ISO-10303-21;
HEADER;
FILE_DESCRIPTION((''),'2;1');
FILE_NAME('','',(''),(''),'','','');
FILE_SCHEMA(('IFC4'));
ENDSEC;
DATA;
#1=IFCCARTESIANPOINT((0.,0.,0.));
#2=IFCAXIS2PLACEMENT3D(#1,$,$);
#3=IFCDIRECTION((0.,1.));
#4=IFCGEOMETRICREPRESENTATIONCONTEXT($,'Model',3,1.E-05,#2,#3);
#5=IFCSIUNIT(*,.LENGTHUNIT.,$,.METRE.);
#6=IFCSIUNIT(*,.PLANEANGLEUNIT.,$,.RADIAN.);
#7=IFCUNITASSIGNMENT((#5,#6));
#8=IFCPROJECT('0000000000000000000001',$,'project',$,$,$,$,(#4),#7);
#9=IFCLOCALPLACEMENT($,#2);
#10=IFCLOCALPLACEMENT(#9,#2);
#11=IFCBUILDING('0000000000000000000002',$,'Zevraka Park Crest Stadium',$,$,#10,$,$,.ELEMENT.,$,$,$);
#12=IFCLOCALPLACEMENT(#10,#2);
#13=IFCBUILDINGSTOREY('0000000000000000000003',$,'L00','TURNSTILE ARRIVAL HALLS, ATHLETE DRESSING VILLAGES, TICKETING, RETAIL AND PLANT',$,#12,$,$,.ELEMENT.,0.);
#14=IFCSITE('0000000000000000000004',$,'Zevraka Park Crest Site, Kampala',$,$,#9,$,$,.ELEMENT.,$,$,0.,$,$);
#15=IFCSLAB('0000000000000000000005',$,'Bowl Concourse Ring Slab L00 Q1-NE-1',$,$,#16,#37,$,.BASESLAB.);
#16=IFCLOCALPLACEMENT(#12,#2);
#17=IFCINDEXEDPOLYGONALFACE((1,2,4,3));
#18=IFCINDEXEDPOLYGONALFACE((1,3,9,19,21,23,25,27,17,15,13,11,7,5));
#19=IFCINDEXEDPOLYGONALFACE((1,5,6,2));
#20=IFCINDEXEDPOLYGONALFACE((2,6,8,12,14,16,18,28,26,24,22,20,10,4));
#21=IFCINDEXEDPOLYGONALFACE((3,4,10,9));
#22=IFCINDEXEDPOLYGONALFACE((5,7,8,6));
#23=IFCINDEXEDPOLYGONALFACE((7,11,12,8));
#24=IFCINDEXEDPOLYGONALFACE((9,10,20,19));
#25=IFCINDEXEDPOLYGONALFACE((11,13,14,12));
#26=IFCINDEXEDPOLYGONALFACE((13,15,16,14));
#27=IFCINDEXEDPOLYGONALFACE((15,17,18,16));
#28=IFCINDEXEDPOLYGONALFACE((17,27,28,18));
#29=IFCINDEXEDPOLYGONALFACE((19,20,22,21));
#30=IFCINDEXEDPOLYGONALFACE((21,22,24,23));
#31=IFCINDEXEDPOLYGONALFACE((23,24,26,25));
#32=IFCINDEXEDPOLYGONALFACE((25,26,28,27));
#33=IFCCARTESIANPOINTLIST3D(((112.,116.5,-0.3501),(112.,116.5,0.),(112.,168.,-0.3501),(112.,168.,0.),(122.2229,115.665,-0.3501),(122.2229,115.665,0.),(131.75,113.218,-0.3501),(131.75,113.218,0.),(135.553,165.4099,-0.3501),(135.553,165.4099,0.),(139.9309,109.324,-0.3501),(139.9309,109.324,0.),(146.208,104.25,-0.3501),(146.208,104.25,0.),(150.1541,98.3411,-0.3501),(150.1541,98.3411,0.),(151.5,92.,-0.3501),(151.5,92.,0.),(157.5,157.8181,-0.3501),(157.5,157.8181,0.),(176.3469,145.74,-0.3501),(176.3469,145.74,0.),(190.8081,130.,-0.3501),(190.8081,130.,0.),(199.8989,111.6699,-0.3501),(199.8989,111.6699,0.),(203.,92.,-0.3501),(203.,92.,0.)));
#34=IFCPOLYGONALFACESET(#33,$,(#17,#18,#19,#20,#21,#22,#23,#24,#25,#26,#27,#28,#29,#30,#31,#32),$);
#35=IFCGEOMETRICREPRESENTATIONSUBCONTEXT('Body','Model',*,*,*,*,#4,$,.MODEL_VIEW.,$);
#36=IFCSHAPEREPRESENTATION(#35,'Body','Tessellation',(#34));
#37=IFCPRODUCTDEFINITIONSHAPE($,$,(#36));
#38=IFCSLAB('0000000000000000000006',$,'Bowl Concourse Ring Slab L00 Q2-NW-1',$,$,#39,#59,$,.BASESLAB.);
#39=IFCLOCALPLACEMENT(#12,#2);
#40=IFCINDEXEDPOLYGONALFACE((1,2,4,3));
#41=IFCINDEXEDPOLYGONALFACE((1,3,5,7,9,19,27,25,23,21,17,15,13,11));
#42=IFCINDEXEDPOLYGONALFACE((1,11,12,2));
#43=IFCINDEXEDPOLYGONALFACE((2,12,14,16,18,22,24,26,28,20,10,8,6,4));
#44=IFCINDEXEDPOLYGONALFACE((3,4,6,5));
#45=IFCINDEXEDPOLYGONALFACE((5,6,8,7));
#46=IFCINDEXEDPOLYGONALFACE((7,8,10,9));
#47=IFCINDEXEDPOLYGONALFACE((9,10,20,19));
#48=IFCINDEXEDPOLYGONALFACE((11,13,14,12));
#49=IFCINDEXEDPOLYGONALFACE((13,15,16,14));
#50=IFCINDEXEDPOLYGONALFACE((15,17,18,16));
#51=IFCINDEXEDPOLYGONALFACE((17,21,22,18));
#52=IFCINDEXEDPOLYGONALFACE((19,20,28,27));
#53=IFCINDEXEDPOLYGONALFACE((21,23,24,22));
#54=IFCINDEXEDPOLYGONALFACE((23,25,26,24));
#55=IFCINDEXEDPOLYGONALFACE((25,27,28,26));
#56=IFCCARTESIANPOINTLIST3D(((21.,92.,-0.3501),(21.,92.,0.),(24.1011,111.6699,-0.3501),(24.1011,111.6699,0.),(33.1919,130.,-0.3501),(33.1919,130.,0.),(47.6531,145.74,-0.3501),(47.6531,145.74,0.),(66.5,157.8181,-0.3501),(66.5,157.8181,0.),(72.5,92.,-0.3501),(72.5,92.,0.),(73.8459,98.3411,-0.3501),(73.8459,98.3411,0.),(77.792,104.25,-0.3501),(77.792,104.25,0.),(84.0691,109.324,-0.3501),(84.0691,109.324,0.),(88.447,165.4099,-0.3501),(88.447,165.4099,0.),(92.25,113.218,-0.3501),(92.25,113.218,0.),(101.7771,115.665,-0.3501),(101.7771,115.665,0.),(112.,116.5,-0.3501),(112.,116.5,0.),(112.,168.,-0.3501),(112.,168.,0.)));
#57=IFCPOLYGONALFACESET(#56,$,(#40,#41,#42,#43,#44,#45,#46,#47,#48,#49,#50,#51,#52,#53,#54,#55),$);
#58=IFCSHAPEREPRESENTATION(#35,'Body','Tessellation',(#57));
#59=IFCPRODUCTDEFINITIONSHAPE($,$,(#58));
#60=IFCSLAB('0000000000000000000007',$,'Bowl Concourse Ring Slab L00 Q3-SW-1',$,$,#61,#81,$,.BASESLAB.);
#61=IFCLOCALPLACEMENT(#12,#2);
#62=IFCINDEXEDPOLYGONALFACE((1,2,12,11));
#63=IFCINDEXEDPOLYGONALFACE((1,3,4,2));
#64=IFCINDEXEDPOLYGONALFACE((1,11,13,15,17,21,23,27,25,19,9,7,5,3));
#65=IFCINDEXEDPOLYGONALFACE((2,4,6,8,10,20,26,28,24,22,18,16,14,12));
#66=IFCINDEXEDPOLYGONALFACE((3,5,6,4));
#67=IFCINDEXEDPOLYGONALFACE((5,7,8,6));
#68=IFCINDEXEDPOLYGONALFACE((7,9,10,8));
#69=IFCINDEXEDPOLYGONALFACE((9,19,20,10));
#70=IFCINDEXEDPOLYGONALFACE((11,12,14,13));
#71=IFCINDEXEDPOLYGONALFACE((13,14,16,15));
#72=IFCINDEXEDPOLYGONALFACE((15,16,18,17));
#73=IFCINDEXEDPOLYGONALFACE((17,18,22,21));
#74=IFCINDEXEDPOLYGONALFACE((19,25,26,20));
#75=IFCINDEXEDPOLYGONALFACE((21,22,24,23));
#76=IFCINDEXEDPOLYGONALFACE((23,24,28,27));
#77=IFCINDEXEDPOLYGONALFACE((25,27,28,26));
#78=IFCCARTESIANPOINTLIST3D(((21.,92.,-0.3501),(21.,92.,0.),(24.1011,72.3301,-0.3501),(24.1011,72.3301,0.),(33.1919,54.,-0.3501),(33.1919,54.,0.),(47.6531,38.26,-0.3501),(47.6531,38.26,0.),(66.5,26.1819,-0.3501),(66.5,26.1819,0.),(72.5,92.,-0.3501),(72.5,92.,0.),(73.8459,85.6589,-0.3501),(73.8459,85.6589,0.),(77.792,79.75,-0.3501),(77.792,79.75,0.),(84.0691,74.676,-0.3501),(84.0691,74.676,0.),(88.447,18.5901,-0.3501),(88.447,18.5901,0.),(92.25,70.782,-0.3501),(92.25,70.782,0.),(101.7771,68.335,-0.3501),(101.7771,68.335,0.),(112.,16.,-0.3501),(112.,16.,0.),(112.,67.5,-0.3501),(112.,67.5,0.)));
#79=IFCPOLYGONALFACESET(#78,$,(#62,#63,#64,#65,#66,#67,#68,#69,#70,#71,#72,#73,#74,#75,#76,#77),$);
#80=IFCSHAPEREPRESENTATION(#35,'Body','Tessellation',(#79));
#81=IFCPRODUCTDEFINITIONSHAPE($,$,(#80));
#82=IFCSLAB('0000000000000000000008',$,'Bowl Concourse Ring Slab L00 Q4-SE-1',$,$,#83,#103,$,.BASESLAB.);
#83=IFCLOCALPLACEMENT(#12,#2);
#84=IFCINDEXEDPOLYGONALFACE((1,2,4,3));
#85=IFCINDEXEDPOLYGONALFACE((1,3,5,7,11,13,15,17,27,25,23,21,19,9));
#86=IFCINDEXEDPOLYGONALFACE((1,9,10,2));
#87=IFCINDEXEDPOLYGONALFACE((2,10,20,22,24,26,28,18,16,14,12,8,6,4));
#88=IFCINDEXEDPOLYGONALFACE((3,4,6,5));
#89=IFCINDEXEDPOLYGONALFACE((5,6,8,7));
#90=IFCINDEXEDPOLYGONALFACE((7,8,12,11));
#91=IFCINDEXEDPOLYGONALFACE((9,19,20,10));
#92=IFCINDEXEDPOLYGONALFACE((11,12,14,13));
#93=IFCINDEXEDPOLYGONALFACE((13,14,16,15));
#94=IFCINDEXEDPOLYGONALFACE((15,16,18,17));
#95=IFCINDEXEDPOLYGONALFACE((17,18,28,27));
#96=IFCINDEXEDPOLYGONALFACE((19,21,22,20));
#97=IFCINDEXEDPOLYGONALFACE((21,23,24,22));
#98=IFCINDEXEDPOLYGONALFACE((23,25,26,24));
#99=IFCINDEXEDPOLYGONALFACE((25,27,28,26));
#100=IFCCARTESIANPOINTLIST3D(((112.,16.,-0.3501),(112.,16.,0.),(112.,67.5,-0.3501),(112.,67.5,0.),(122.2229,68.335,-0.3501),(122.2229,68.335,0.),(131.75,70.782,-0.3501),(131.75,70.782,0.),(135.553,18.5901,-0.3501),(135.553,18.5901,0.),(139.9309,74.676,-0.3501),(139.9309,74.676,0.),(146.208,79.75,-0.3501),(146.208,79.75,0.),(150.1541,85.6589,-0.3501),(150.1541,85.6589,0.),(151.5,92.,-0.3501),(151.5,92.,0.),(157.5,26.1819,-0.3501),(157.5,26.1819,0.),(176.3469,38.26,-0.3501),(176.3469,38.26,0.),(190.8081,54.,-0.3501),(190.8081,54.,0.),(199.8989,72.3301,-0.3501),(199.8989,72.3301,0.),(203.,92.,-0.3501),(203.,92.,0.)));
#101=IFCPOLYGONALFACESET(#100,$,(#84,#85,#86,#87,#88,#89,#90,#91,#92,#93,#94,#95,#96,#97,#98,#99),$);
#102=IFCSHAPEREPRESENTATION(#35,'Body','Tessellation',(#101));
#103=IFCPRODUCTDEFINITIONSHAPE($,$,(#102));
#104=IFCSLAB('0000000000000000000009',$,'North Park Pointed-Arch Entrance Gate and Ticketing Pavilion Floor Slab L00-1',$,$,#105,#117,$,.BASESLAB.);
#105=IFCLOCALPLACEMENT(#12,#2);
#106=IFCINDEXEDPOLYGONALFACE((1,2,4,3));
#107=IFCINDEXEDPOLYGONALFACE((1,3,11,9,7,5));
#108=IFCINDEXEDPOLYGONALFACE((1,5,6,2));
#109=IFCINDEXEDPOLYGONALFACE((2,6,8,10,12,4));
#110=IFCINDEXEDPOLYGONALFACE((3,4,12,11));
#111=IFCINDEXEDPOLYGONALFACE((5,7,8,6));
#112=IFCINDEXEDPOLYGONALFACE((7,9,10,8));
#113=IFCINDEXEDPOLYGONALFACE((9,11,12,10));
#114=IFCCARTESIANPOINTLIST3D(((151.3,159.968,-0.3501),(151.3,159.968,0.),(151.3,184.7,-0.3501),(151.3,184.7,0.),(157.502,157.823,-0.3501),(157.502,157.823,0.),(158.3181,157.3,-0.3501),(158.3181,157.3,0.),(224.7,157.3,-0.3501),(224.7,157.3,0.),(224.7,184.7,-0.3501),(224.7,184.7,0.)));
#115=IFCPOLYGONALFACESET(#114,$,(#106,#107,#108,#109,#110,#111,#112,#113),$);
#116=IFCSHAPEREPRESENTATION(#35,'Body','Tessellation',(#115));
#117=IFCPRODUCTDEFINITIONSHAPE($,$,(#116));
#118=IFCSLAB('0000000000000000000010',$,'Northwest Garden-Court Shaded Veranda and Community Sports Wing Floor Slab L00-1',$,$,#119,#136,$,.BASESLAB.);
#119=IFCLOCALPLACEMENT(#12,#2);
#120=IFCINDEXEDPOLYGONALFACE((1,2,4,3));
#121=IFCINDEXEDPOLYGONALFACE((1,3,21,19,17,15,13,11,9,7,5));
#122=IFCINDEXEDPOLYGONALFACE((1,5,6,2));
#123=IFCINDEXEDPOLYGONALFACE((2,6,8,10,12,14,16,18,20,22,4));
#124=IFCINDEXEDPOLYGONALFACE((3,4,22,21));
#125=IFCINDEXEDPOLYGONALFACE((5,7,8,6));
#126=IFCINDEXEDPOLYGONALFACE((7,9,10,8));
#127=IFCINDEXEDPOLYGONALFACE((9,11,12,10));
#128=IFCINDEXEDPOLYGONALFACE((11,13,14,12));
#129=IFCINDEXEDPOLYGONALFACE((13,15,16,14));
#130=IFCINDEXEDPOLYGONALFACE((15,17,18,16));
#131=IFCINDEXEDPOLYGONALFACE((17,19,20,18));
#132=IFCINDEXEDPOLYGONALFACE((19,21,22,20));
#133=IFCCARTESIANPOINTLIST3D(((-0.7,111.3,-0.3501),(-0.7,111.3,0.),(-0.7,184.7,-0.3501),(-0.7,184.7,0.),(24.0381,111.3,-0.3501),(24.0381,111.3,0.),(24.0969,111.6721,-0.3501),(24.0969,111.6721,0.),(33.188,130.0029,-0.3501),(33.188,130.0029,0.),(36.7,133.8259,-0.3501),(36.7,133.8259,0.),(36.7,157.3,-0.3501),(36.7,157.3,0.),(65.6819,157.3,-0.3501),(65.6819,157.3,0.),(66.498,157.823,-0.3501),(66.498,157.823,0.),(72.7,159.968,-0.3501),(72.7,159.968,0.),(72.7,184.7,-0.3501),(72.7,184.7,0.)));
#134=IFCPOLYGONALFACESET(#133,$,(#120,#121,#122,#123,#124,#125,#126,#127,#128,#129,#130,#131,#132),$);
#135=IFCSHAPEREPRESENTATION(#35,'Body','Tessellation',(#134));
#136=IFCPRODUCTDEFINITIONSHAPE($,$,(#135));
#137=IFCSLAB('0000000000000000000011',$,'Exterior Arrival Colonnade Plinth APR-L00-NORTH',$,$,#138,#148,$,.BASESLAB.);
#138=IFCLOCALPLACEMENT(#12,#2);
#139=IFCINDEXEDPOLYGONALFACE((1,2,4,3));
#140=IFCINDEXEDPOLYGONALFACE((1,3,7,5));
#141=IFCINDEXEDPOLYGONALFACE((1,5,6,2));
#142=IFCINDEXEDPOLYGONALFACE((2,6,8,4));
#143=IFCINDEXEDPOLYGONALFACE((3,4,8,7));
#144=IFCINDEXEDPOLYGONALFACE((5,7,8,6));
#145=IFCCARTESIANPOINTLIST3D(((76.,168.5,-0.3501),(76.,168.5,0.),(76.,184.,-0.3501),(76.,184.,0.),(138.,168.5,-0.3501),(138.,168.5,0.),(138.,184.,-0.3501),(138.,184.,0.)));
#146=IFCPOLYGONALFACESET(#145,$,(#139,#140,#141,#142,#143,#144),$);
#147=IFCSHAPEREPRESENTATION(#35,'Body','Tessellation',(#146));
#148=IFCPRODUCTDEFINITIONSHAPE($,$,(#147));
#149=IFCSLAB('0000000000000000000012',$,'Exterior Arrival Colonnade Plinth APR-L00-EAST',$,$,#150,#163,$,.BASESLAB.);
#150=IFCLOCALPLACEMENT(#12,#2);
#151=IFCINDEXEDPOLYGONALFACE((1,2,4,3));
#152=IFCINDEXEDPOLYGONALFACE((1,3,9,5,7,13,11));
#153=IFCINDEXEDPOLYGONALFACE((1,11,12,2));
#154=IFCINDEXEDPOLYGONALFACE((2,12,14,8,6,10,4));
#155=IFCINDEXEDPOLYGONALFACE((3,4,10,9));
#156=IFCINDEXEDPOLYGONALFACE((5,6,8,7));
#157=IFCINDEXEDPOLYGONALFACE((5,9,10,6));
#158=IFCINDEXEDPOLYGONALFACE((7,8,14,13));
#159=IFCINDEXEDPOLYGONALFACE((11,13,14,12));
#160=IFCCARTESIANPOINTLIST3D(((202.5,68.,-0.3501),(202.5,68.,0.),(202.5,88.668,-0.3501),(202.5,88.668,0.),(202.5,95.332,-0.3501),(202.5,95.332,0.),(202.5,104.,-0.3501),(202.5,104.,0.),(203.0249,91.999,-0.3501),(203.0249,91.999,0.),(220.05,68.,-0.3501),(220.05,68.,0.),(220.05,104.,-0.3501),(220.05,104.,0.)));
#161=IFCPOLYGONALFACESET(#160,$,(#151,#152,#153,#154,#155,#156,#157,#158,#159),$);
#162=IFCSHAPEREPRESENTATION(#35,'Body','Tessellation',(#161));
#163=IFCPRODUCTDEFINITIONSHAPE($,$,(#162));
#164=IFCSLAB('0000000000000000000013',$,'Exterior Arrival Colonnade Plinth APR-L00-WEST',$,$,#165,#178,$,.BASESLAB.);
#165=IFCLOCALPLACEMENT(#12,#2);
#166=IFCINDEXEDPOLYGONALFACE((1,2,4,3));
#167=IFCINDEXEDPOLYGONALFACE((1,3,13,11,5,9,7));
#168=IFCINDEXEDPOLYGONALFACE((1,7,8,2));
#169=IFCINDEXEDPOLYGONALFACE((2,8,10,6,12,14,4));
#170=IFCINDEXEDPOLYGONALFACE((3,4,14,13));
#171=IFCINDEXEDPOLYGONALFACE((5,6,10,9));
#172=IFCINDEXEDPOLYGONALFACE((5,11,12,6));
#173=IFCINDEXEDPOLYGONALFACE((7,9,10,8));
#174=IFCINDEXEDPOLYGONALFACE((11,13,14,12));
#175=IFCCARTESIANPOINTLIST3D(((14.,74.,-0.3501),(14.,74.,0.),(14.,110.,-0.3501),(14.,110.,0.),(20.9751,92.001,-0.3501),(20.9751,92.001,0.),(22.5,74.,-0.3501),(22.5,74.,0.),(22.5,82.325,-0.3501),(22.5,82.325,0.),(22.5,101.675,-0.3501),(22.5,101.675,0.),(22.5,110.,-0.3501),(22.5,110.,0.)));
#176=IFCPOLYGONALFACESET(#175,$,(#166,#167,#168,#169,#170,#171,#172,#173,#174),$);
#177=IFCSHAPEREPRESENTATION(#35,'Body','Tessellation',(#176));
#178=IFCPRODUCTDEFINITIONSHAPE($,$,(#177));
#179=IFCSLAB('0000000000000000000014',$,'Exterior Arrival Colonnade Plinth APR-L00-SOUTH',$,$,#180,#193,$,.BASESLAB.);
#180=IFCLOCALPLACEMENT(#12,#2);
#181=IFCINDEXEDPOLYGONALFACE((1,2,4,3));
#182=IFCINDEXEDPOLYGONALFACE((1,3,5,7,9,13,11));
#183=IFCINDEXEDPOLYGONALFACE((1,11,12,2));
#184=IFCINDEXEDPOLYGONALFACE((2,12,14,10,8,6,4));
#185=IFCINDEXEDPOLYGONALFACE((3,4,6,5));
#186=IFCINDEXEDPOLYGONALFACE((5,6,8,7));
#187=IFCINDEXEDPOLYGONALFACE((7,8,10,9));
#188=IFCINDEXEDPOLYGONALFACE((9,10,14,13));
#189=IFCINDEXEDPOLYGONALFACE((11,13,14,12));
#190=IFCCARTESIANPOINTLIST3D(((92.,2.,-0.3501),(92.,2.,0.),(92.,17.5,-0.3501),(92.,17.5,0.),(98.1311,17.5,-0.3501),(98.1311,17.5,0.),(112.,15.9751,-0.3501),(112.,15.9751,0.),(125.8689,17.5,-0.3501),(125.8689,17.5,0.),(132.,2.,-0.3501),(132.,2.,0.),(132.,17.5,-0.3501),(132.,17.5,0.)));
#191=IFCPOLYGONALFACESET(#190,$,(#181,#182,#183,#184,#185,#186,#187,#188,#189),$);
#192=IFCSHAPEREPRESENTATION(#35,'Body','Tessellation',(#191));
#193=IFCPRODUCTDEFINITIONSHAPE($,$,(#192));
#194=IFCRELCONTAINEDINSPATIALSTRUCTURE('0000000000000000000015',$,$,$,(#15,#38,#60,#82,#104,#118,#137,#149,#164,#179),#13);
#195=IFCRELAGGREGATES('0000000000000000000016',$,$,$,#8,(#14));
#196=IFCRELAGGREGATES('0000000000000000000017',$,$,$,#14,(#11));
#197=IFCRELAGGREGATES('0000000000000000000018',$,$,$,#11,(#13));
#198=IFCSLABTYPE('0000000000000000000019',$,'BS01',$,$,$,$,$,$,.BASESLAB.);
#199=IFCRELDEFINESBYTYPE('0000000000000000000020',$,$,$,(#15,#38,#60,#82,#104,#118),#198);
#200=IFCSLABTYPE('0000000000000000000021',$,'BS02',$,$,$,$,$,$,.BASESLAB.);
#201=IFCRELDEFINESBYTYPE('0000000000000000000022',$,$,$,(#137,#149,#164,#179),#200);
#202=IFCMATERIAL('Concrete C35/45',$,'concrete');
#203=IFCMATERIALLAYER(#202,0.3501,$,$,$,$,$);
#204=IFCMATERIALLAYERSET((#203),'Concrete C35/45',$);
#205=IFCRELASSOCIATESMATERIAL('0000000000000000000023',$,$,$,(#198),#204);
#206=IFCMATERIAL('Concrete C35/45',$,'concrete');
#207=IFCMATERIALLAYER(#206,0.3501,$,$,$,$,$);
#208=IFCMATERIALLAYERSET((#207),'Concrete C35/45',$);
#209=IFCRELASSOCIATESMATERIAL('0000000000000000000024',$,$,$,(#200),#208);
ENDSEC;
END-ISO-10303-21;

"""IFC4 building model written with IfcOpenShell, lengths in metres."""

from ifc_helpers import new_model, si_unit, direction, frame, origin, place, context, subcontext, project, spatial, polyline, outline, extrude, material, layer, layer_set, type_object, element, save


model = new_model("IFC4")

# Units and contexts
model_context = context("Model", 3, precision=1e-05, world=origin(), true_north=direction((0.0, 1.0)))
body_context = subcontext(model_context, "Body", "Model", "MODEL_VIEW")
ifc_project = project(units=[si_unit("LENGTHUNIT", "METRE"), si_unit("PLANEANGLEUNIT", "RADIAN")], contexts=[model_context])

# Site, building, storey
site_placement = place(None, origin())
site = spatial("IfcSite", under=ifc_project, at=site_placement, Name="Zevraka Park Crest Site, Kampala", CompositionType="ELEMENT", RefElevation=0.0)
building_placement = place(site_placement, origin())
building = spatial("IfcBuilding", under=site, at=building_placement, Name="Zevraka Park Crest Stadium", CompositionType="ELEMENT")
storey_placement = place(building_placement, origin())
storey = spatial("IfcBuildingStorey", under=building, at=storey_placement, Name="L00", Description="TURNSTILE ARRIVAL HALLS, ATHLETE DRESSING VILLAGES, TICKETING, RETAIL AND PLANT", CompositionType="ELEMENT", Elevation=0.0)

# Slabs
ifc_material_1 = material(Name="Concrete C35/45", Category="concrete")
ifc_layer_1 = layer(ifc_material_1, 0.3501)
ifc_layer_set_1 = layer_set([ifc_layer_1], Name="Concrete C35/45")
slab_type_1 = type_object("IfcSlabType", Name="BS01", PredefinedType="BASESLAB", material=ifc_layer_set_1)
slab_1_placement = place(storey_placement, frame((0.0, 0.0, -0.3501)))
element("IfcSlab", 1, at=slab_1_placement, inside=storey, type_object=slab_type_1, Name="Bowl Concourse Ring Slab L00 Q1-NE-1", PredefinedType="BASESLAB", context=body_context, shape_type="SweptSolid", body=[
    extrude(outline(polyline([(151.5, 92.0), (150.1541, 98.3411), (146.208, 104.25), (139.9309, 109.324), (131.75, 113.218), (122.2229, 115.665), (112.0, 116.5), (112.0, 168.0), (135.553, 165.4099), (157.5, 157.8181), (176.3469, 145.74), (190.8081, 130.0), (199.8989, 111.6699), (203.0, 92.0), (151.5, 92.0)])), origin(), (0.0, 0.0, 1.0), 0.3501),
])
slab_2_placement = place(storey_placement, frame((0.0, 0.0, -0.3501)))
element("IfcSlab", 2, at=slab_2_placement, inside=storey, type_object=slab_type_1, Name="Bowl Concourse Ring Slab L00 Q2-NW-1", PredefinedType="BASESLAB", context=body_context, shape_type="SweptSolid", body=[
    extrude(outline(polyline([(112.0, 116.5), (101.7771, 115.665), (92.25, 113.218), (84.0691, 109.324), (77.792, 104.25), (73.8459, 98.3411), (72.5, 92.0), (21.0, 92.0), (24.1011, 111.6699), (33.1919, 130.0), (47.6531, 145.74), (66.5, 157.8181), (88.447, 165.4099), (112.0, 168.0), (112.0, 116.5)])), origin(), (0.0, 0.0, 1.0), 0.3501),
])
slab_3_placement = place(storey_placement, frame((0.0, 0.0, -0.3501)))
element("IfcSlab", 3, at=slab_3_placement, inside=storey, type_object=slab_type_1, Name="Bowl Concourse Ring Slab L00 Q3-SW-1", PredefinedType="BASESLAB", context=body_context, shape_type="SweptSolid", body=[
    extrude(outline(polyline([(72.5, 92.0), (73.8459, 85.6589), (77.792, 79.75), (84.0691, 74.676), (92.25, 70.782), (101.7771, 68.335), (112.0, 67.5), (112.0, 16.0), (88.447, 18.5901), (66.5, 26.1819), (47.6531, 38.26), (33.1919, 54.0), (24.1011, 72.3301), (21.0, 92.0), (72.5, 92.0)])), origin(), (0.0, 0.0, 1.0), 0.3501),
])
slab_4_placement = place(storey_placement, frame((0.0, 0.0, -0.3501)))
element("IfcSlab", 4, at=slab_4_placement, inside=storey, type_object=slab_type_1, Name="Bowl Concourse Ring Slab L00 Q4-SE-1", PredefinedType="BASESLAB", context=body_context, shape_type="SweptSolid", body=[
    extrude(outline(polyline([(112.0, 67.5), (122.2229, 68.335), (131.75, 70.782), (139.9309, 74.676), (146.208, 79.75), (150.1541, 85.6589), (151.5, 92.0), (203.0, 92.0), (199.8989, 72.3301), (190.8081, 54.0), (176.3469, 38.26), (157.5, 26.1819), (135.553, 18.5901), (112.0, 16.0), (112.0, 67.5)])), origin(), (0.0, 0.0, 1.0), 0.3501),
])
slab_5_placement = place(storey_placement, frame((0.0, 0.0, -0.3501)))
element("IfcSlab", 5, at=slab_5_placement, inside=storey, type_object=slab_type_1, Name="North Park Pointed-Arch Entrance Gate and Ticketing Pavilion Floor Slab L00-1", PredefinedType="BASESLAB", context=body_context, shape_type="SweptSolid", body=[
    extrude(outline(polyline([(151.3, 184.7), (224.7, 184.7), (224.7, 157.3), (158.3181, 157.3), (157.502, 157.823), (151.3, 159.968), (151.3, 184.7)])), origin(), (0.0, 0.0, 1.0), 0.3501),
])
slab_6_placement = place(storey_placement, frame((0.0, 0.0, -0.3501)))
element("IfcSlab", 6, at=slab_6_placement, inside=storey, type_object=slab_type_1, Name="Northwest Garden-Court Shaded Veranda and Community Sports Wing Floor Slab L00-1", PredefinedType="BASESLAB", context=body_context, shape_type="SweptSolid", body=[
    extrude(outline(polyline([(-0.7, 111.3), (-0.7, 184.7), (72.7, 184.7), (72.7, 159.968), (66.498, 157.823), (65.6819, 157.3), (36.7, 157.3), (36.7, 133.8259), (33.188, 130.0029), (24.0969, 111.6721), (24.0381, 111.3), (-0.7, 111.3)])), origin(), (0.0, 0.0, 1.0), 0.3501),
])
ifc_material_2 = material(Name="Concrete C35/45", Category="concrete")
ifc_layer_2 = layer(ifc_material_2, 0.3501)
ifc_layer_set_2 = layer_set([ifc_layer_2], Name="Concrete C35/45")
slab_type_2 = type_object("IfcSlabType", Name="BS02", PredefinedType="BASESLAB", material=ifc_layer_set_2)
slab_7_placement = place(storey_placement, frame((0.0, 0.0, -0.3501)))
element("IfcSlab", 7, at=slab_7_placement, inside=storey, type_object=slab_type_2, Name="Exterior Arrival Colonnade Plinth APR-L00-NORTH", PredefinedType="BASESLAB", context=body_context, shape_type="SweptSolid", body=[
    extrude(outline(polyline([(76.0, 184.0), (138.0, 184.0), (138.0, 168.5), (76.0, 168.5), (76.0, 184.0)])), origin(), (0.0, 0.0, 1.0), 0.3501),
])
slab_8_placement = place(storey_placement, frame((0.0, 0.0, -0.3501)))
element("IfcSlab", 8, at=slab_8_placement, inside=storey, type_object=slab_type_2, Name="Exterior Arrival Colonnade Plinth APR-L00-EAST", PredefinedType="BASESLAB", context=body_context, shape_type="SweptSolid", body=[
    extrude(outline(polyline([(202.5, 104.0), (220.05, 104.0), (220.05, 68.0), (202.5, 68.0), (202.5, 88.668), (203.0249, 91.999), (202.5, 95.332), (202.5, 104.0)])), origin(), (0.0, 0.0, 1.0), 0.3501),
])
slab_9_placement = place(storey_placement, frame((0.0, 0.0, -0.3501)))
element("IfcSlab", 9, at=slab_9_placement, inside=storey, type_object=slab_type_2, Name="Exterior Arrival Colonnade Plinth APR-L00-WEST", PredefinedType="BASESLAB", context=body_context, shape_type="SweptSolid", body=[
    extrude(outline(polyline([(22.5, 74.0), (14.0, 74.0), (14.0, 110.0), (22.5, 110.0), (22.5, 101.675), (20.9751, 92.001), (22.5, 82.325), (22.5, 74.0)])), origin(), (0.0, 0.0, 1.0), 0.3501),
])
slab_10_placement = place(storey_placement, frame((0.0, 0.0, -0.3501)))
element("IfcSlab", 10, at=slab_10_placement, inside=storey, type_object=slab_type_2, Name="Exterior Arrival Colonnade Plinth APR-L00-SOUTH", PredefinedType="BASESLAB", context=body_context, shape_type="SweptSolid", body=[
    extrude(outline(polyline([(132.0, 17.5), (132.0, 2.0), (92.0, 2.0), (92.0, 17.5), (98.1311, 17.5), (112.0, 15.9751), (125.8689, 17.5), (132.0, 17.5)])), origin(), (0.0, 0.0, 1.0), 0.3501),
])

save(model, "model.ifc")
